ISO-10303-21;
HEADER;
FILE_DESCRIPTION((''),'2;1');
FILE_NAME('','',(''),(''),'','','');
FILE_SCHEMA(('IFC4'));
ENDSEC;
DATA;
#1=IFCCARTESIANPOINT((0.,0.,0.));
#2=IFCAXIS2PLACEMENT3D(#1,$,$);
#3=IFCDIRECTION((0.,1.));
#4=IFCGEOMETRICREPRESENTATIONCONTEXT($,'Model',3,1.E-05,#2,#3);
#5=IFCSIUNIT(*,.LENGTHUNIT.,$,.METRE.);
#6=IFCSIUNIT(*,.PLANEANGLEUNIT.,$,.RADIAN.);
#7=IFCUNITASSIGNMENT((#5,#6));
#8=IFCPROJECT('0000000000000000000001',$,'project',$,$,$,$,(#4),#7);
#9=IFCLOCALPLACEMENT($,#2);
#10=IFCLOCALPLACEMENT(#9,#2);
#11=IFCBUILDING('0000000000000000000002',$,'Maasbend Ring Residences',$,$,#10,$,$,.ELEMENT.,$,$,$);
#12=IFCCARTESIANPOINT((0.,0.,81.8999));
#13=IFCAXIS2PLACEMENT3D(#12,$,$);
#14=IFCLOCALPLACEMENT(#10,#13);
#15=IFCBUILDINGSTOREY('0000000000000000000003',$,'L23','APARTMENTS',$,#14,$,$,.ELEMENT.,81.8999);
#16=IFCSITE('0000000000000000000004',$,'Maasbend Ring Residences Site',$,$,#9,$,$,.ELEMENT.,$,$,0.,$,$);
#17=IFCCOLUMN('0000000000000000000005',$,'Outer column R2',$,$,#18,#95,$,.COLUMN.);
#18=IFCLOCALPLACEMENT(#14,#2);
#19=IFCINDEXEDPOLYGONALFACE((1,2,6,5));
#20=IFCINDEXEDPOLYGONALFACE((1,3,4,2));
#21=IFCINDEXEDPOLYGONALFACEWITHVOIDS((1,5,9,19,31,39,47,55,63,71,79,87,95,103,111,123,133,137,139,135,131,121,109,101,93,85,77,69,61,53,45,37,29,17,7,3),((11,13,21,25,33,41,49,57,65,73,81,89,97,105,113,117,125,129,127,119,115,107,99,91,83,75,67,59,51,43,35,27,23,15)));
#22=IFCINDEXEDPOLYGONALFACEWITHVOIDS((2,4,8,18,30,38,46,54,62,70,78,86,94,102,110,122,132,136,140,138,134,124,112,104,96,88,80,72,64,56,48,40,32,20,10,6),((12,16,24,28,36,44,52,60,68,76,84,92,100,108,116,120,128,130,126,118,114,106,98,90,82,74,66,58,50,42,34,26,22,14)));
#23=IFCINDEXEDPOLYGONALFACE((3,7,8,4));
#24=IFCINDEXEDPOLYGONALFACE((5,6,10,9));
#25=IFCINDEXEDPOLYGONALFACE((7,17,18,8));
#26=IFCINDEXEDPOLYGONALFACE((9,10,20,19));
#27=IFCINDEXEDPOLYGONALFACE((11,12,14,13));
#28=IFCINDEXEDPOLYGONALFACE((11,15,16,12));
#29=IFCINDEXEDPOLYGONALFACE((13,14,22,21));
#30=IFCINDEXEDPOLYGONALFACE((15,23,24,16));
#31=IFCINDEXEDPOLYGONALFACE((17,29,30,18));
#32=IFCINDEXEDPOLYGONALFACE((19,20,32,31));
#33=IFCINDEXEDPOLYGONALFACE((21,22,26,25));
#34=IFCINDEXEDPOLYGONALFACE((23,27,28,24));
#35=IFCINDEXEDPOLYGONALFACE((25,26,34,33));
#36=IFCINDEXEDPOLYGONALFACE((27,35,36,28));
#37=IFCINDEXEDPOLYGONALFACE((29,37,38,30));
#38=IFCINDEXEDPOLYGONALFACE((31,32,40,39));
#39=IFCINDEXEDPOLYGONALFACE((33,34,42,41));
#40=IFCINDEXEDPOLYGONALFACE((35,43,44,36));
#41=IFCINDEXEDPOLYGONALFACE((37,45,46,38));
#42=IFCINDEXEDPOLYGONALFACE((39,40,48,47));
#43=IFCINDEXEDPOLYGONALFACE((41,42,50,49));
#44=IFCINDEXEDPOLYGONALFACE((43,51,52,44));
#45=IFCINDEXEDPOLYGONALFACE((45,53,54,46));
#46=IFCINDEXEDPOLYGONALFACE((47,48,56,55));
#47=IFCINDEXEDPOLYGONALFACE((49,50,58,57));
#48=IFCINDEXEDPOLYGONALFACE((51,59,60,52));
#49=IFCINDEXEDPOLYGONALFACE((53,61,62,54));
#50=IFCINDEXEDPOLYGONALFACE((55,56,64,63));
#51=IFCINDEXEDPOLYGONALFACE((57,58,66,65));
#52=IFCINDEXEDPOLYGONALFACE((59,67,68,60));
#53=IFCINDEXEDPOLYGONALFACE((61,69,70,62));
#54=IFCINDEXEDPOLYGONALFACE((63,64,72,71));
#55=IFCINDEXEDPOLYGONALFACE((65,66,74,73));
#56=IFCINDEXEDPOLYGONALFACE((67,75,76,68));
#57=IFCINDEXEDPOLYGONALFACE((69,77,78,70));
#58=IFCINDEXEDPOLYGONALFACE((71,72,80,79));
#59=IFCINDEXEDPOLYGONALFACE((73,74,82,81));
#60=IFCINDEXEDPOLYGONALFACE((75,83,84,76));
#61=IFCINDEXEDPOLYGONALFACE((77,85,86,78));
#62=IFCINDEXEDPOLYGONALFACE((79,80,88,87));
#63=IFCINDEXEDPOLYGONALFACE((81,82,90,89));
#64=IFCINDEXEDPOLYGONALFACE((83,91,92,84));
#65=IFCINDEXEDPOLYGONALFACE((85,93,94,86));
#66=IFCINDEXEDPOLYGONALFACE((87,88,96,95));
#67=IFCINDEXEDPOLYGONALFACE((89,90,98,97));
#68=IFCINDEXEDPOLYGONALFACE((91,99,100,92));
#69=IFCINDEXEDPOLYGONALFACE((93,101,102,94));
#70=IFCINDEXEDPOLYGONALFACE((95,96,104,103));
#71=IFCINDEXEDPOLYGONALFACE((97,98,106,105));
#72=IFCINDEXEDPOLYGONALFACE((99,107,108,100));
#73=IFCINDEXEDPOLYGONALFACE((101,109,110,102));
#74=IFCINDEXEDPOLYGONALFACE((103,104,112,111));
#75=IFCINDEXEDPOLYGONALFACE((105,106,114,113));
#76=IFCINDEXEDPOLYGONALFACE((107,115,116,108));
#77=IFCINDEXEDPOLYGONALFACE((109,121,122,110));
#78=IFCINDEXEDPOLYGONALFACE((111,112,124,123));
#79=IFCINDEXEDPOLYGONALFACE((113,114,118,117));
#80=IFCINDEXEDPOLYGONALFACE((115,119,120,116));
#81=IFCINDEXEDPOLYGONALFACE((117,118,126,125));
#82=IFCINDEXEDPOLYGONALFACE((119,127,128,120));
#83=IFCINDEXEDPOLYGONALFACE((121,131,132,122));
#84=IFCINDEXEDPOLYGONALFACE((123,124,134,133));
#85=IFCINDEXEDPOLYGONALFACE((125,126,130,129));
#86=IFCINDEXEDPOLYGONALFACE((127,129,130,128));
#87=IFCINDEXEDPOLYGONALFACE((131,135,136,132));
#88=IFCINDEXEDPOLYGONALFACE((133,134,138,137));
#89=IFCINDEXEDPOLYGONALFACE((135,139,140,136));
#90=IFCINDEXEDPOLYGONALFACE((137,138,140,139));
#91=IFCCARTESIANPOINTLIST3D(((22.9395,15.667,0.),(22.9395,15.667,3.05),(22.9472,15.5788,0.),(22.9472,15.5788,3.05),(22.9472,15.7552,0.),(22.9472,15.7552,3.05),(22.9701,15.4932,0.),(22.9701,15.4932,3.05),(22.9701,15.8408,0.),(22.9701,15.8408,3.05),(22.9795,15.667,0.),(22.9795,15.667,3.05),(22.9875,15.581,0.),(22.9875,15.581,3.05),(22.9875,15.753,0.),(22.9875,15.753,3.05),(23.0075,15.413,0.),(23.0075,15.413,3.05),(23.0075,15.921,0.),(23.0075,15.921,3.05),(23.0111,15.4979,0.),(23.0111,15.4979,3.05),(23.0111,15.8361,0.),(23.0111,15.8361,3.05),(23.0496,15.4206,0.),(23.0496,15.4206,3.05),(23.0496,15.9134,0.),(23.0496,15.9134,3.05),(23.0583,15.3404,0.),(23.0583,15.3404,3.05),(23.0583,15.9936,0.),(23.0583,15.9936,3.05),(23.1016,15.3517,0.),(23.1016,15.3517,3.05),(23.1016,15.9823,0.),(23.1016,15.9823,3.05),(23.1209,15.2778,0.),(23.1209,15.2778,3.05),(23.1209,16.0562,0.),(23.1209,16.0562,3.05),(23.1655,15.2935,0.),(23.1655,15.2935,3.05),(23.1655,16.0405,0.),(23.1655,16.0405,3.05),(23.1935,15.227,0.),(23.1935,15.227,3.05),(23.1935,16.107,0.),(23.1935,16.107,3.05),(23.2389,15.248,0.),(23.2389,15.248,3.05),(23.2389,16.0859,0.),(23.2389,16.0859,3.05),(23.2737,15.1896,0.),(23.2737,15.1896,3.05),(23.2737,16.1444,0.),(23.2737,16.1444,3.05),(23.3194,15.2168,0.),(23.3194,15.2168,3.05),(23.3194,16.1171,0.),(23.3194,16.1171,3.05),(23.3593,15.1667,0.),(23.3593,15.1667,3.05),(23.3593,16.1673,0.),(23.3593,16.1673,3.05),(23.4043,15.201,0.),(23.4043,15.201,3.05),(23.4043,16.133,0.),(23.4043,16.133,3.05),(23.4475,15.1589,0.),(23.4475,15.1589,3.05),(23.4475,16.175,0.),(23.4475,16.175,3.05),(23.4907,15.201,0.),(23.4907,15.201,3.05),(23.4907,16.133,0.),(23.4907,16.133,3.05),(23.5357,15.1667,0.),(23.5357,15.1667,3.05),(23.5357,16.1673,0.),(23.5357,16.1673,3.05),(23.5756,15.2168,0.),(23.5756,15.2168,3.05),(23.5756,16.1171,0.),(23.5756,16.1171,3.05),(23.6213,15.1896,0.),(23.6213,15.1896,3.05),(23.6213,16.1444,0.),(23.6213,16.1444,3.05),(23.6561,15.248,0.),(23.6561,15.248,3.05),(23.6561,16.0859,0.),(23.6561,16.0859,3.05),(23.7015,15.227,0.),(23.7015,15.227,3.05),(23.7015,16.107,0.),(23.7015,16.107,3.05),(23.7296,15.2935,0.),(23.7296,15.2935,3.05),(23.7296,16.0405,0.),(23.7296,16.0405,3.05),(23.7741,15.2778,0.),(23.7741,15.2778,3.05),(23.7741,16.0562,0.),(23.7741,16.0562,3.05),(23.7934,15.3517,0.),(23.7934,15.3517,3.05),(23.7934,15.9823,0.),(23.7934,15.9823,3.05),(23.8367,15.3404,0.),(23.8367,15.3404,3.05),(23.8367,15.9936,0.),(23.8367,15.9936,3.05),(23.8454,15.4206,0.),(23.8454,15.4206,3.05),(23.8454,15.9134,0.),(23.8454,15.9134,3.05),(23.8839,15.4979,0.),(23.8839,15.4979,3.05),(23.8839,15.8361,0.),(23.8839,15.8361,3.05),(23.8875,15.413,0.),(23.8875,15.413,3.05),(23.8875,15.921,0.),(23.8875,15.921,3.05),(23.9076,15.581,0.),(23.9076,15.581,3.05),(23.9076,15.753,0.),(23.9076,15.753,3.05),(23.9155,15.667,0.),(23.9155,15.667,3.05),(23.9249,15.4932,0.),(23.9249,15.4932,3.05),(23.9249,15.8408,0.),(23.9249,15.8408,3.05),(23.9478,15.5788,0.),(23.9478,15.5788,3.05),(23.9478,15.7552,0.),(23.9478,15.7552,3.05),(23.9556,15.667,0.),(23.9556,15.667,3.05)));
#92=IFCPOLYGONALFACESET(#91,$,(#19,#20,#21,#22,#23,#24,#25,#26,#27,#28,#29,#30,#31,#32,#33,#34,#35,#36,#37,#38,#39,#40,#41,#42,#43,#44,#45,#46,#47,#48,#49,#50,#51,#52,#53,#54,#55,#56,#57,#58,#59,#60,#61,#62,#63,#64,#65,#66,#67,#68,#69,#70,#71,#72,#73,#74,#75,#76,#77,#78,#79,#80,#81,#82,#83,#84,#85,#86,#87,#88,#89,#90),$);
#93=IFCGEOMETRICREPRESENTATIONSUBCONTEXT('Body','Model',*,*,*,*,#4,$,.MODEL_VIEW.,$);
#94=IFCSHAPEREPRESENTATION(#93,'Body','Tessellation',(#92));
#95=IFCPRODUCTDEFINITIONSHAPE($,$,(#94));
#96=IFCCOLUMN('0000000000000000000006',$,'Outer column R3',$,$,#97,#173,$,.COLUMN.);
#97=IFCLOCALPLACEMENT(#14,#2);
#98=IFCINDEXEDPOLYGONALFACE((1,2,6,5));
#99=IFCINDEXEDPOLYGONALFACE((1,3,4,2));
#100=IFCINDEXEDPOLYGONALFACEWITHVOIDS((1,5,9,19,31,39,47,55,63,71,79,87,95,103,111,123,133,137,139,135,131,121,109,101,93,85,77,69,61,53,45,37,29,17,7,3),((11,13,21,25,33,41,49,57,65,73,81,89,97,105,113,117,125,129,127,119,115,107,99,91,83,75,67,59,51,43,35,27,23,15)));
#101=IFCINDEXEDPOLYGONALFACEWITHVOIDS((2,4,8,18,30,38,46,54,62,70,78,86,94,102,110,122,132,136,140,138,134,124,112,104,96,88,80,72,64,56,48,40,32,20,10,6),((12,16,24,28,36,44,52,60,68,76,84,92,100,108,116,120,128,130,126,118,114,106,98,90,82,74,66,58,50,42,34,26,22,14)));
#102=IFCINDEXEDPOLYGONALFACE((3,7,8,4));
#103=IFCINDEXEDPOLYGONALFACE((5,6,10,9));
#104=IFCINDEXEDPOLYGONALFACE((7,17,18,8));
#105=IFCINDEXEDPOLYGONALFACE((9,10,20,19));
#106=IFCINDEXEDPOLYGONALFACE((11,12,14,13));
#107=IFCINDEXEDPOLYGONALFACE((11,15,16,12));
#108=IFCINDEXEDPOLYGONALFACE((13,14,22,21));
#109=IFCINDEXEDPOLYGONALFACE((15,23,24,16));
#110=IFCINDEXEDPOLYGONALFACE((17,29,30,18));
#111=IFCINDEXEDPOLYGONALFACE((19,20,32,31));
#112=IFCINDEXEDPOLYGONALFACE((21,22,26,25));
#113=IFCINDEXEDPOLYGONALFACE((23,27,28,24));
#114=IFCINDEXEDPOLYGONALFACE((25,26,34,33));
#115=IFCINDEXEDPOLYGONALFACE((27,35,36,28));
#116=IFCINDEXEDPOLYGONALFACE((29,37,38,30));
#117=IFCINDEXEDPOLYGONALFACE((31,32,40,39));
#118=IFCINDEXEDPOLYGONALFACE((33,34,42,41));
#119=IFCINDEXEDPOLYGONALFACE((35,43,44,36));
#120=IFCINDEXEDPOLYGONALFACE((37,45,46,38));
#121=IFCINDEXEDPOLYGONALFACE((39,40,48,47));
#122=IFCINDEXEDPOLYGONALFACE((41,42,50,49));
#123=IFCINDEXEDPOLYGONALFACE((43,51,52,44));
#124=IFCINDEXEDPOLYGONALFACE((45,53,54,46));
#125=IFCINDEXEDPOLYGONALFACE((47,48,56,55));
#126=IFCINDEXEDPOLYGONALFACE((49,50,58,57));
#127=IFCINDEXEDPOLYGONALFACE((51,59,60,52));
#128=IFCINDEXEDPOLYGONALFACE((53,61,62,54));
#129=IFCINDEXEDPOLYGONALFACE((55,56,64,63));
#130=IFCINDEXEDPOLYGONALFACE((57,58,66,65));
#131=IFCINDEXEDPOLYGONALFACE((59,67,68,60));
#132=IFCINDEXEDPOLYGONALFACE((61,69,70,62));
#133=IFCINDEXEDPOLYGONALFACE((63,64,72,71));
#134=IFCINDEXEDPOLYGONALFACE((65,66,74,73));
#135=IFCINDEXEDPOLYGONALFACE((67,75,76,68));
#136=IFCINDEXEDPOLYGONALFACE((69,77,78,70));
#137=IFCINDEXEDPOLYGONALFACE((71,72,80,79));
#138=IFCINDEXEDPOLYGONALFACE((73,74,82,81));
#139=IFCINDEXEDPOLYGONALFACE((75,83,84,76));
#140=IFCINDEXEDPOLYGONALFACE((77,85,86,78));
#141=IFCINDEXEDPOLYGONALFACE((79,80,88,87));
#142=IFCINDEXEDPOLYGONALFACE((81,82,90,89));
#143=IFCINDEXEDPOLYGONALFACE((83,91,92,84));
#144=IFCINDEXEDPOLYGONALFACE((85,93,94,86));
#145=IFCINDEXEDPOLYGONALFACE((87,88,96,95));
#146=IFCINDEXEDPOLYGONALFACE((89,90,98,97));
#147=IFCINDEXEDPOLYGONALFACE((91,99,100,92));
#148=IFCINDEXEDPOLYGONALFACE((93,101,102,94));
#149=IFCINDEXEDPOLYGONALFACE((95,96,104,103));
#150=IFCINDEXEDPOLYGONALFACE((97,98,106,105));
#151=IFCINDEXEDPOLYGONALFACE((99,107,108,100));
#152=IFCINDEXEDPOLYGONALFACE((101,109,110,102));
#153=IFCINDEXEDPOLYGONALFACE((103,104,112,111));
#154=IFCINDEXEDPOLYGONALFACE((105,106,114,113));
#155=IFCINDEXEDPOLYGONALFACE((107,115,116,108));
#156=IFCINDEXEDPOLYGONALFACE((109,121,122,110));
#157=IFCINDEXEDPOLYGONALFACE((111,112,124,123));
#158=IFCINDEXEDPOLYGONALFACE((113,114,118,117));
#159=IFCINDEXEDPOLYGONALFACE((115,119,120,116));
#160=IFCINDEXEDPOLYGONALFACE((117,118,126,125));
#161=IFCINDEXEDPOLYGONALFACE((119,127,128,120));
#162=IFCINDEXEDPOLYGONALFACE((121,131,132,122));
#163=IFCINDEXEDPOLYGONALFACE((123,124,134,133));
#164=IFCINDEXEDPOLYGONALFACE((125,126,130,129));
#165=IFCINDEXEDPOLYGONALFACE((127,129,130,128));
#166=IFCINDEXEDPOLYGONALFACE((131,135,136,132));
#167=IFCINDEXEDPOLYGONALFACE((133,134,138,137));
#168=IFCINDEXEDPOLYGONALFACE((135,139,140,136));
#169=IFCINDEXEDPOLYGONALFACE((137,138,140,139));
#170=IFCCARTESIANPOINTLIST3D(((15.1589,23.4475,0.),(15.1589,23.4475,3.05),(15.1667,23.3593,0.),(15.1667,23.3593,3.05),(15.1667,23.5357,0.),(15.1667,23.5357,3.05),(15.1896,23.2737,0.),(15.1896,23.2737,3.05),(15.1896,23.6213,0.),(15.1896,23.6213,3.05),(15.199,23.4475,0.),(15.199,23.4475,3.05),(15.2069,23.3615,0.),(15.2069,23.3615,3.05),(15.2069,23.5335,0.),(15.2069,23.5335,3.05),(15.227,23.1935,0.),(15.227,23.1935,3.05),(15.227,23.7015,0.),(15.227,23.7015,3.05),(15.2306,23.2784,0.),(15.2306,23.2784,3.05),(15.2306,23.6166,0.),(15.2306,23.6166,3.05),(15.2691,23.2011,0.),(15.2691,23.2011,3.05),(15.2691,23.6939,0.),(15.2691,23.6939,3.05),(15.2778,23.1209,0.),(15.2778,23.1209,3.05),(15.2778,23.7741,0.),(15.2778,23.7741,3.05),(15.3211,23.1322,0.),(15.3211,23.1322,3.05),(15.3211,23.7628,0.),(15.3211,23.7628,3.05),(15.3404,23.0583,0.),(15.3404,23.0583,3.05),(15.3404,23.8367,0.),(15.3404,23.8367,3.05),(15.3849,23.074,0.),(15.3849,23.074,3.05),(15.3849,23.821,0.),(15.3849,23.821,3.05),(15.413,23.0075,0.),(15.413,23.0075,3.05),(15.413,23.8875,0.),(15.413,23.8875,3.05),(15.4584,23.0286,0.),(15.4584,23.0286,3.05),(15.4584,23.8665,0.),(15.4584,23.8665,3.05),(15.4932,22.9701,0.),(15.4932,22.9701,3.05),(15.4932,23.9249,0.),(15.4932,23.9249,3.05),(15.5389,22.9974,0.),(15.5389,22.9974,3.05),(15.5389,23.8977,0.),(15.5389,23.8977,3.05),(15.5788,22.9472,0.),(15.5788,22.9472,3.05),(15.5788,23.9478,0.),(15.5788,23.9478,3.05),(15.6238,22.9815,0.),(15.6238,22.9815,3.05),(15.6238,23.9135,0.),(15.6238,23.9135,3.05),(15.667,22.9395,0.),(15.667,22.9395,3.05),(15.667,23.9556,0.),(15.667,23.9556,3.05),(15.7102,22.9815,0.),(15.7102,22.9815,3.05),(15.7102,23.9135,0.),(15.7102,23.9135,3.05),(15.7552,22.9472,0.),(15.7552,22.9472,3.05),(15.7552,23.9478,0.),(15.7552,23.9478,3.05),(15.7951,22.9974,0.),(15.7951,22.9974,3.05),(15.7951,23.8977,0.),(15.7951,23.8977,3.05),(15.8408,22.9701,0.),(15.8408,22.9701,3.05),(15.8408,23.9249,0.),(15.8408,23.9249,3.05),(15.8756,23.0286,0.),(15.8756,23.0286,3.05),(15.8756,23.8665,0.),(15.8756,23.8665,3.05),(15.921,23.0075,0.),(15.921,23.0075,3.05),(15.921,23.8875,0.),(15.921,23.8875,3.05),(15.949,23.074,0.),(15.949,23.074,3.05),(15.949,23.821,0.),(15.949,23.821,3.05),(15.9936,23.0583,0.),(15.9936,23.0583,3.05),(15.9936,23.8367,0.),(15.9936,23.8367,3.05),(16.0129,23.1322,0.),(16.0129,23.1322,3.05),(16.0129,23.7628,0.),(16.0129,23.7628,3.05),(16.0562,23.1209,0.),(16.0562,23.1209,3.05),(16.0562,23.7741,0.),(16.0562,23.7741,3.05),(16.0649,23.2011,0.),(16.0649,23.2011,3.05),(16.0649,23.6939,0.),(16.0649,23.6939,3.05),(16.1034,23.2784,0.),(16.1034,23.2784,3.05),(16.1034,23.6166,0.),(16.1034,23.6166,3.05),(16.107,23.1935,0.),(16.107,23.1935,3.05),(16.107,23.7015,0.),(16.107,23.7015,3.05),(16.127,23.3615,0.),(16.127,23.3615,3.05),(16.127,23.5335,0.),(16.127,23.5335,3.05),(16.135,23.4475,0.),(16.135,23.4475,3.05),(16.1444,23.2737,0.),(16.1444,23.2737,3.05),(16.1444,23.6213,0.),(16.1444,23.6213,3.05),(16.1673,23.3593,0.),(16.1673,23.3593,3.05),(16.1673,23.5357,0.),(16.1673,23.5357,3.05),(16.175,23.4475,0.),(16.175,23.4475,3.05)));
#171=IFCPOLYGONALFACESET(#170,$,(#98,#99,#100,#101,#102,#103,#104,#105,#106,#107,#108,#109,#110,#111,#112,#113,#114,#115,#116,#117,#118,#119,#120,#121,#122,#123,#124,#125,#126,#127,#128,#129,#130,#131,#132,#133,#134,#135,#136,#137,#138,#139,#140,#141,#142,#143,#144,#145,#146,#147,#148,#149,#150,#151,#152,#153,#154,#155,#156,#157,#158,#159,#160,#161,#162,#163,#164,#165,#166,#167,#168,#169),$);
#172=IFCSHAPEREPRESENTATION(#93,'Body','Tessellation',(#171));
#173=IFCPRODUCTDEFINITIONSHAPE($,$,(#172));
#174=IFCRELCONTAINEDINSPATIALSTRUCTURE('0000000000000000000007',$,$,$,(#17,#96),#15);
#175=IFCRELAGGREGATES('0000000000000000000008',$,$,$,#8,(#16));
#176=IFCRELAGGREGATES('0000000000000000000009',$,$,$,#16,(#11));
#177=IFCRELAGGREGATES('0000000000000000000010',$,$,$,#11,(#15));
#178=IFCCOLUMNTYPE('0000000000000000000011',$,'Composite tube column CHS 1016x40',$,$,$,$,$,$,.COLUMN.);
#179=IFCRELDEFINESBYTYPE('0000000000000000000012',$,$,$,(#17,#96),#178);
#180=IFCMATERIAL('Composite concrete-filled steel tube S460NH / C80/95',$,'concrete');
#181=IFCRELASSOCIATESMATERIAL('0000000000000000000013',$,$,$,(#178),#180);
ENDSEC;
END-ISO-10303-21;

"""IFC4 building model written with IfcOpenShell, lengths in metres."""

from ifc_helpers import new_model, si_unit, direction, frame, origin, origin_2d, place, context, subcontext, project, spatial, hollow_circle, extrude, material, material_profile, profile_set, type_object, element, save


model = new_model("IFC4")

# Units and contexts
model_context = context("Model", 3, precision=1e-05, world=origin(), true_north=direction((0.0, 1.0)))
body_context = subcontext(model_context, "Body", "Model", "MODEL_VIEW")
ifc_project = project(units=[si_unit("LENGTHUNIT", "METRE"), si_unit("PLANEANGLEUNIT", "RADIAN")], contexts=[model_context])

# Site, building, storey
site_placement = place(None, origin())
site = spatial("IfcSite", under=ifc_project, at=site_placement, Name="Maasbend Ring Residences Site", CompositionType="ELEMENT", RefElevation=0.0)
building_placement = place(site_placement, origin())
building = spatial("IfcBuilding", under=site, at=building_placement, Name="Maasbend Ring Residences", CompositionType="ELEMENT")
storey_placement = place(building_placement, frame((0.0, 0.0, 81.8999)))
storey = spatial("IfcBuildingStorey", under=building, at=storey_placement, Name="L23", Description="APARTMENTS", CompositionType="ELEMENT", Elevation=81.8999)

# Columns
ifc_material_1 = material(Name="Composite concrete-filled steel tube S460NH / C80/95", Category="concrete")
ifc_material_profile_1 = material_profile(ifc_material_1, hollow_circle(Radius=0.5081, WallThickness=0.04, at=origin_2d()), Name="Composite tube column CHS 1016x40")
ifc_profile_set_1 = profile_set([ifc_material_profile_1], Name="Composite concrete-filled steel tube S460NH / C80/95")
column_type = type_object("IfcColumnType", Name="Composite tube column CHS 1016x40", PredefinedType="COLUMN", material=ifc_profile_set_1)
for number, where, z_axis, x_axis, name in (
    (1, (23.4475, 15.667, 0.0), (0.0, 0.0, 1.0), (1.0, 0.0, 0.0), "Outer column R2"),
    (2, (15.667, 23.4475, 0.0), (0.0, 0.0, 1.0), (1.0, 0.0, 0.0), "Outer column R3"),
):
    element("IfcColumn", number, at=place(storey_placement, frame(where, z_axis=z_axis, x_axis=x_axis)), inside=storey, type_object=column_type, Name=name, PredefinedType="COLUMN", context=body_context, shape_type="SweptSolid", body=[
        extrude(hollow_circle(Radius=0.5081, WallThickness=0.04, at=origin_2d()), origin(), (0.0, 0.0, 1.0), 3.05),
    ])

save(model, "model.ifc")
